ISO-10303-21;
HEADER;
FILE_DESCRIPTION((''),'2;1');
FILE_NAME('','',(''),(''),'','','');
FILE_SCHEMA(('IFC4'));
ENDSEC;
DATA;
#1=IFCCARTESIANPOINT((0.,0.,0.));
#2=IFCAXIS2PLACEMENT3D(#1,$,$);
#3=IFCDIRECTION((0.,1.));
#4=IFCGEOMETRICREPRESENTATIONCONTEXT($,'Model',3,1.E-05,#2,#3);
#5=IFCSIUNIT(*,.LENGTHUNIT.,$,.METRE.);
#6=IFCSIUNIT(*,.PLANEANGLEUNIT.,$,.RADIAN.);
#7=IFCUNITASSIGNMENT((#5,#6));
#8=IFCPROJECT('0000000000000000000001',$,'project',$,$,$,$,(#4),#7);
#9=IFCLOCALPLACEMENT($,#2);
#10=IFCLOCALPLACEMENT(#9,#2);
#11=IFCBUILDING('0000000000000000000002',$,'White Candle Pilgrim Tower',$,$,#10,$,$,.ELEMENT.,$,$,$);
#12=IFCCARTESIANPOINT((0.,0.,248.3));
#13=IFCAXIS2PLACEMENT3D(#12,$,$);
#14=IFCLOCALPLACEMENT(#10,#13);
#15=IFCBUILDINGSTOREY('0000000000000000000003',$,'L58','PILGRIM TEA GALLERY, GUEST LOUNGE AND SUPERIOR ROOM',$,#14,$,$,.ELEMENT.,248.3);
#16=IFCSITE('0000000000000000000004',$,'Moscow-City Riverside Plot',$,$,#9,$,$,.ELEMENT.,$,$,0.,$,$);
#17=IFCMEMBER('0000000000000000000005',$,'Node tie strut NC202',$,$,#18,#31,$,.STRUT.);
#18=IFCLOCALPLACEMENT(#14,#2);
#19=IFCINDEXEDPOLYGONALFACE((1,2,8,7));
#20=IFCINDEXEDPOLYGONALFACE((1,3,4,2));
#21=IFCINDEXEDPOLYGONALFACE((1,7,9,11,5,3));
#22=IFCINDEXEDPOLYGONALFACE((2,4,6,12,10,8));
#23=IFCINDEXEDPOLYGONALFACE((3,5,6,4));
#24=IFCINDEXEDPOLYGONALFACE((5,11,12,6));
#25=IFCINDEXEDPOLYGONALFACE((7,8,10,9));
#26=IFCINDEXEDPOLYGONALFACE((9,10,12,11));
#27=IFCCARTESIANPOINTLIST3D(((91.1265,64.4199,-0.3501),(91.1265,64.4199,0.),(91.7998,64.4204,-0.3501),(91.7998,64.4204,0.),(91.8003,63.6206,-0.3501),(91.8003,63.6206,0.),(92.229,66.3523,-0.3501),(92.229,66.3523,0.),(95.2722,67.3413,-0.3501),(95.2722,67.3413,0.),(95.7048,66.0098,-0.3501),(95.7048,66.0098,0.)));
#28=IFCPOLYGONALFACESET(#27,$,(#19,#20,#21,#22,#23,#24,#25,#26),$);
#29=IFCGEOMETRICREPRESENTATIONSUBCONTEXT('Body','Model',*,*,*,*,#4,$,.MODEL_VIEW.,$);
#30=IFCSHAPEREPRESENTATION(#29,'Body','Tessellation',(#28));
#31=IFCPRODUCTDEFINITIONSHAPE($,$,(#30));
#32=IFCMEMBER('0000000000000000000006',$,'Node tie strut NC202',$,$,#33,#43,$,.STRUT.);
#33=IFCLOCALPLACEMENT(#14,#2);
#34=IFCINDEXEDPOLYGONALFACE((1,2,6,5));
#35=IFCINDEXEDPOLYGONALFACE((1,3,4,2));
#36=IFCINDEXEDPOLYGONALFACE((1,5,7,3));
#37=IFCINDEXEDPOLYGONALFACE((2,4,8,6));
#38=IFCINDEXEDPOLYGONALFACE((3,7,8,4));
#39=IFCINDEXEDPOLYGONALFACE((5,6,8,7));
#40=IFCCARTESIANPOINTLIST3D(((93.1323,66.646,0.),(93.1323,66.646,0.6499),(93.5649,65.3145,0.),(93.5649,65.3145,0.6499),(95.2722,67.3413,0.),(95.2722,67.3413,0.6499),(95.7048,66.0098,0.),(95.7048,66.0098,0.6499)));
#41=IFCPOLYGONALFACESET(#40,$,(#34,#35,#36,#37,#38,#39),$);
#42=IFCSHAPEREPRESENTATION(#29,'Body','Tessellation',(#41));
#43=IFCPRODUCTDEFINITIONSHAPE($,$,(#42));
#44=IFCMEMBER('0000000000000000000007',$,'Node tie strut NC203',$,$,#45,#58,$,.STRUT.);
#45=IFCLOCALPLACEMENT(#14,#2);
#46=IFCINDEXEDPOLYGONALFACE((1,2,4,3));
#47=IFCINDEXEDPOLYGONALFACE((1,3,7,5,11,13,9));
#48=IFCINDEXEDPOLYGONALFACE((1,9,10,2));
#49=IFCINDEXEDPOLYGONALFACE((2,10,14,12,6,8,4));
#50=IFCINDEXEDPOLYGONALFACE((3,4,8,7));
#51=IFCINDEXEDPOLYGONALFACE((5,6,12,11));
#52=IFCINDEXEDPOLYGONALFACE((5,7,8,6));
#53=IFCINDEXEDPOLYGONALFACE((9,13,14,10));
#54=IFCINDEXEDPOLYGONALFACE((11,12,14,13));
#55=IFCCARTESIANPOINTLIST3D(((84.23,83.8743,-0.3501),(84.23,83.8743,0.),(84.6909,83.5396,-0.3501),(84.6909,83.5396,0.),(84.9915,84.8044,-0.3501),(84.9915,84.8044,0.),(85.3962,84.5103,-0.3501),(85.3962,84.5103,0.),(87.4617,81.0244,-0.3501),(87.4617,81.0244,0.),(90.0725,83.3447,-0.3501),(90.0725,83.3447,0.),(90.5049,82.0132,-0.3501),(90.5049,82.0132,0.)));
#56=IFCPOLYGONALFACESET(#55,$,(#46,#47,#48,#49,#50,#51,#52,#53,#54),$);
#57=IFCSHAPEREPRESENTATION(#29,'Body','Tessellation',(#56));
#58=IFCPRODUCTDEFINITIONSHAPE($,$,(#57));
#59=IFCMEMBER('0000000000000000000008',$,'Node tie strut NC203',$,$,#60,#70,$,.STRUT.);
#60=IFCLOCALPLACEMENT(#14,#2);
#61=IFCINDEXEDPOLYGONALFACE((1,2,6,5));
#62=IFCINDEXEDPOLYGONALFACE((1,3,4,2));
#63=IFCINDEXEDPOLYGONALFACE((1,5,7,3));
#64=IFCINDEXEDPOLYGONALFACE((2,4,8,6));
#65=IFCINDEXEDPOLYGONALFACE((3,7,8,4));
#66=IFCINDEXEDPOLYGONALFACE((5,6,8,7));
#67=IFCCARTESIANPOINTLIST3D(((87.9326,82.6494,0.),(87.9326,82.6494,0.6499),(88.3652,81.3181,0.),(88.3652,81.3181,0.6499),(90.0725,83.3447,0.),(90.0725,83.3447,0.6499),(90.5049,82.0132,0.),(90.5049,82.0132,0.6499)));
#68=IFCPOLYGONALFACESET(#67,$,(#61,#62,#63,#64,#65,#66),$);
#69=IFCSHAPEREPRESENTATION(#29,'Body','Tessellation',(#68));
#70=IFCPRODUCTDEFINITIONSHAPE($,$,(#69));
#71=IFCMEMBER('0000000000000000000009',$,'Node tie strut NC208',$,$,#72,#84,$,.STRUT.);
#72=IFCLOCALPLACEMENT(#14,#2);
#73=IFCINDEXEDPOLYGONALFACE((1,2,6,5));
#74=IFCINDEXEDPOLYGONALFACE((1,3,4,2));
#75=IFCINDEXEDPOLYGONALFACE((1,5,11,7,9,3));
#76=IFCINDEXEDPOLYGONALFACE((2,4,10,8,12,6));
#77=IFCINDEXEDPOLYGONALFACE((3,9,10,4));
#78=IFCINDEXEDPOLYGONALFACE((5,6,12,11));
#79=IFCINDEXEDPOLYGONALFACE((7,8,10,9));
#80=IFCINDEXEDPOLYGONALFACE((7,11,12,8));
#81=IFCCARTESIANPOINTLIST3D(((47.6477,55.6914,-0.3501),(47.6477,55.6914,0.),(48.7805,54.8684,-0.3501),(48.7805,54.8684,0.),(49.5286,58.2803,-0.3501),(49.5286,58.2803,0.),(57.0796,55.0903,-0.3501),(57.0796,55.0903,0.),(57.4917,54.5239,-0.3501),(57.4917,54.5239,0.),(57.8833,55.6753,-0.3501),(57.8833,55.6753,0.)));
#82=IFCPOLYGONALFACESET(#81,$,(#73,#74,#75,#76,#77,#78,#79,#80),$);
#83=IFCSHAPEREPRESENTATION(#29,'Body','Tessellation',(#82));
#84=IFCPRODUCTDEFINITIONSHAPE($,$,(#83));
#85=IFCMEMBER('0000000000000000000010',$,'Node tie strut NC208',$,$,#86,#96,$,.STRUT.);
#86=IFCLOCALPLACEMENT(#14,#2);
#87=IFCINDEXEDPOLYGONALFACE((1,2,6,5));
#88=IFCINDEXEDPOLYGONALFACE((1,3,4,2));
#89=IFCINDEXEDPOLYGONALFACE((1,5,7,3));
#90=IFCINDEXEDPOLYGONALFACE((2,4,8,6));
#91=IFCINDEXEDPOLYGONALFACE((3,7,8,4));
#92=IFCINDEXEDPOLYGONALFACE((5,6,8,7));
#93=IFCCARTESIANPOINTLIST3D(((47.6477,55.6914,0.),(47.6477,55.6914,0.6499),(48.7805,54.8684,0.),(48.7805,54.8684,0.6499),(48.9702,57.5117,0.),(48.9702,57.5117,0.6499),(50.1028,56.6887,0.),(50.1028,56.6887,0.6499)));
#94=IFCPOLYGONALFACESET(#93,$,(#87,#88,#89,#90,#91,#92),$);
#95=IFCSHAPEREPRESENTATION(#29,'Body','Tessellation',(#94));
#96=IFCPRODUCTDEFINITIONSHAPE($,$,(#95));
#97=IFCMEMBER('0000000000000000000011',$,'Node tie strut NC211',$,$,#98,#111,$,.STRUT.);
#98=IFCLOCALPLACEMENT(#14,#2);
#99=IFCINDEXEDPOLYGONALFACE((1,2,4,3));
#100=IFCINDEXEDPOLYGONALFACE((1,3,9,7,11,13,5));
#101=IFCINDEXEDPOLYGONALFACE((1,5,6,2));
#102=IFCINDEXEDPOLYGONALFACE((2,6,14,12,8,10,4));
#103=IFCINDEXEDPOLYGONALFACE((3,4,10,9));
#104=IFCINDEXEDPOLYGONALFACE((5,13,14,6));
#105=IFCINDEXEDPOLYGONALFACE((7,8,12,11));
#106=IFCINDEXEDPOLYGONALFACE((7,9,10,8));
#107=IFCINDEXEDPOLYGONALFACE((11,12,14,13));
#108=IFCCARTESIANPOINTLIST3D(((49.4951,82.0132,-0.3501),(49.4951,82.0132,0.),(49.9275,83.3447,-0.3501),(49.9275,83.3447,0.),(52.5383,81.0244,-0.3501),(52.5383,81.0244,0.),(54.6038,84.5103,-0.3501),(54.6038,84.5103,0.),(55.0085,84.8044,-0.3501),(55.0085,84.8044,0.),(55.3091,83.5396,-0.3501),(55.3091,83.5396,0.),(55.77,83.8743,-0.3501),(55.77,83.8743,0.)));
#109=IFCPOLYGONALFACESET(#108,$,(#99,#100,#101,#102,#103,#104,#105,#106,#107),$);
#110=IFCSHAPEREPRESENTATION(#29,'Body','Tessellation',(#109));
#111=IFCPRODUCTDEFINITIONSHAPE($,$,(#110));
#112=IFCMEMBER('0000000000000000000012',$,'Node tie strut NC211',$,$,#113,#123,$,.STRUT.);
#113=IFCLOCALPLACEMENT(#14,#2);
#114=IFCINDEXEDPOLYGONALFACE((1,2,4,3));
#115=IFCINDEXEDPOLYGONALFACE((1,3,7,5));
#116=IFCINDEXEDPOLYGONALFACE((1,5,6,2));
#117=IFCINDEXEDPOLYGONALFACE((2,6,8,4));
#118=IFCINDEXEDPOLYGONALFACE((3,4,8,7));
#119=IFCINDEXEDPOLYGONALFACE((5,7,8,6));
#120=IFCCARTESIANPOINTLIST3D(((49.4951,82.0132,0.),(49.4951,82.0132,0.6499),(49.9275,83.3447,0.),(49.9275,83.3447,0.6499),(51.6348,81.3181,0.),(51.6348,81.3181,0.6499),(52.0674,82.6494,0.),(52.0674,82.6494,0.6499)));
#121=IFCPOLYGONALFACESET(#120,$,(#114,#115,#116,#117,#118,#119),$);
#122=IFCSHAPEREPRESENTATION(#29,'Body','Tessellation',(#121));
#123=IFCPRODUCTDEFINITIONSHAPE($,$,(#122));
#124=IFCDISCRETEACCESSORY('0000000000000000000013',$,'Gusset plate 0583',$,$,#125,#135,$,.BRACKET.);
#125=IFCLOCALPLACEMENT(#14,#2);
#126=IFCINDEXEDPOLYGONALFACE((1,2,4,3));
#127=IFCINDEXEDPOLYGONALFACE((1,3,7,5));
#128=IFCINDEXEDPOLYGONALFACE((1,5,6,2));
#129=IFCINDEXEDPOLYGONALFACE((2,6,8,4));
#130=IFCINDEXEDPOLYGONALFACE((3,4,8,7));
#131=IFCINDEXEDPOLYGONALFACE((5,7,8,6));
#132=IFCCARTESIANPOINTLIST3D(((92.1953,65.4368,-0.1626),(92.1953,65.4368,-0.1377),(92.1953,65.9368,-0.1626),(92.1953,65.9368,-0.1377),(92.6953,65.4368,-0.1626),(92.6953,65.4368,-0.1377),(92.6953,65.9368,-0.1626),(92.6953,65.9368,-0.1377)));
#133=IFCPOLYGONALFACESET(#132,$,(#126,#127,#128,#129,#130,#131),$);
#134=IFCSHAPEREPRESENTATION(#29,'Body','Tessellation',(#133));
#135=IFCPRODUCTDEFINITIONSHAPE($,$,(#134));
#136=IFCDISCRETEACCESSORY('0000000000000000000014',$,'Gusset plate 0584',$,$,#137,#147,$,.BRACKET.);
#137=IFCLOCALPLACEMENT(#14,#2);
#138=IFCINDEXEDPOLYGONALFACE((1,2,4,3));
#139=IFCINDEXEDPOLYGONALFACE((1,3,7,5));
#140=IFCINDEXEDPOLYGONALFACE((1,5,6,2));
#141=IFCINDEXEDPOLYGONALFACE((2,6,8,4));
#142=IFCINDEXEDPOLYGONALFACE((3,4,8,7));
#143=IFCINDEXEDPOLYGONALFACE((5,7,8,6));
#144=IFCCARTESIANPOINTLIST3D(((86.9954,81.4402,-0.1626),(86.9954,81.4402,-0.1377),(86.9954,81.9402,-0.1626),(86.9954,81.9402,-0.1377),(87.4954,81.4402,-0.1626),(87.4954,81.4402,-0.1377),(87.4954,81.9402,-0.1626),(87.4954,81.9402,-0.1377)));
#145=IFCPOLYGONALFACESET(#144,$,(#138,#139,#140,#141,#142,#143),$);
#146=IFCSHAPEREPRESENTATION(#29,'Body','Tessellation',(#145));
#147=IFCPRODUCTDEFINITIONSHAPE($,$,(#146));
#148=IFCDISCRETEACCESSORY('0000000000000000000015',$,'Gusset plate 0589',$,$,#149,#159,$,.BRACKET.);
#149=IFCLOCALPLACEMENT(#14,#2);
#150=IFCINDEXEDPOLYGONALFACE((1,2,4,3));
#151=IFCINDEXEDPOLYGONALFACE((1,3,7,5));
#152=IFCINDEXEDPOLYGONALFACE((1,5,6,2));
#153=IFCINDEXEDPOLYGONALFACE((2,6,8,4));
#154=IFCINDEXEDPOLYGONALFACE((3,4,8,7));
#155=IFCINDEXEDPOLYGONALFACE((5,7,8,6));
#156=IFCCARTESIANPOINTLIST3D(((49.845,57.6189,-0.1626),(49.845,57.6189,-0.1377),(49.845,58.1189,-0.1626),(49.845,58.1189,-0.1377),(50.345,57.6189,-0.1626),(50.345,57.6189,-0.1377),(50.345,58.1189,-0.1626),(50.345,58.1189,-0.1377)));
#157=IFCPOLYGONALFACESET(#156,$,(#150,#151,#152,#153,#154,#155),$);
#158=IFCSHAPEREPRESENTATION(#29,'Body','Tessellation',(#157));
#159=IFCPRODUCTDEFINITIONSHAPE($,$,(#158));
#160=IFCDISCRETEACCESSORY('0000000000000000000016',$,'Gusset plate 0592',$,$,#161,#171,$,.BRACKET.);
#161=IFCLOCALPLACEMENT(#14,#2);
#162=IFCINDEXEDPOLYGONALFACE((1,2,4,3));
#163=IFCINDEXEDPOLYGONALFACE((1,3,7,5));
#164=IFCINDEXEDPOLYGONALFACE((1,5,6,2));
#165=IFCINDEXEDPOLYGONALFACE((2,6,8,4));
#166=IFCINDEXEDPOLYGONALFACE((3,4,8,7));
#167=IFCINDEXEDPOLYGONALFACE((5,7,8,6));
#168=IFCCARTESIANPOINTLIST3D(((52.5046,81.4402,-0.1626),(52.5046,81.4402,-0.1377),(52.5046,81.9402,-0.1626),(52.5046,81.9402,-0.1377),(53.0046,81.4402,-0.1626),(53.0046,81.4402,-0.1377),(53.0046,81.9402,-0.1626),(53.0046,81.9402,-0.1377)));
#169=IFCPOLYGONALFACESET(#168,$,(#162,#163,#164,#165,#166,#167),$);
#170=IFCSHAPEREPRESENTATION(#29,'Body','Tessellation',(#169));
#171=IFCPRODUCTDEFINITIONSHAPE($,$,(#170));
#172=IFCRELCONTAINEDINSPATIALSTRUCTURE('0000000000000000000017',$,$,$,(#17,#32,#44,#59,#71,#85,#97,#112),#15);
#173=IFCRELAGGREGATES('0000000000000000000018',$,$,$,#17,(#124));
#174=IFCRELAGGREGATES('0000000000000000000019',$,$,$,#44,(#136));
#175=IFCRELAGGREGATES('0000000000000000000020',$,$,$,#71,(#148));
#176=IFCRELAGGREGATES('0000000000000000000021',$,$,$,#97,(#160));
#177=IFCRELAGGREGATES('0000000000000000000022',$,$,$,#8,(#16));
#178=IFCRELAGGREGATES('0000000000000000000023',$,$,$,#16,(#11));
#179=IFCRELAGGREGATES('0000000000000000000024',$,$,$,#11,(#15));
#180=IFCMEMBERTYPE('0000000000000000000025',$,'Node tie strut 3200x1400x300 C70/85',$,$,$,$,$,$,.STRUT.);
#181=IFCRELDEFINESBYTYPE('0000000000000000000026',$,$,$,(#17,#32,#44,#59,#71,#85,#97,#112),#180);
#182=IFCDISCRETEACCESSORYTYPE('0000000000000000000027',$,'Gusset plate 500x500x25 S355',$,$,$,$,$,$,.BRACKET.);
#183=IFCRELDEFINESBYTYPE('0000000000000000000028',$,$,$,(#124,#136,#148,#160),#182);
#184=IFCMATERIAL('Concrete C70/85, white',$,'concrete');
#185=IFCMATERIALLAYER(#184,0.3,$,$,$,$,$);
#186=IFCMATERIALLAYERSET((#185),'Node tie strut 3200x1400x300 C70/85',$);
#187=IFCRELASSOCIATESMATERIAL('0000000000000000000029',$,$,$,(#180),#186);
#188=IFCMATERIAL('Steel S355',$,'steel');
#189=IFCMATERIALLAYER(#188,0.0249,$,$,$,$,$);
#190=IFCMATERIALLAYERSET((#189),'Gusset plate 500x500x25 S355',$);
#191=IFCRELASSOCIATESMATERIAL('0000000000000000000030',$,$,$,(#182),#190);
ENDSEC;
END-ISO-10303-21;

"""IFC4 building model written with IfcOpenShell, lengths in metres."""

from ifc_helpers import new_model, si_unit, direction, frame, origin, origin_2d, place, context, subcontext, project, spatial, polyline, rectangle, outline, extrude, material, layer, layer_set, type_object, element, aggregate, save


model = new_model("IFC4")

# Units and contexts
model_context = context("Model", 3, precision=1e-05, world=origin(), true_north=direction((0.0, 1.0)))
body_context = subcontext(model_context, "Body", "Model", "MODEL_VIEW")
ifc_project = project(units=[si_unit("LENGTHUNIT", "METRE"), si_unit("PLANEANGLEUNIT", "RADIAN")], contexts=[model_context])

# Site, building, storey
site_placement = place(None, origin())
site = spatial("IfcSite", under=ifc_project, at=site_placement, Name="Moscow-City Riverside Plot", CompositionType="ELEMENT", RefElevation=0.0)
building_placement = place(site_placement, origin())
building = spatial("IfcBuilding", under=site, at=building_placement, Name="White Candle Pilgrim Tower", CompositionType="ELEMENT")
storey_placement = place(building_placement, frame((0.0, 0.0, 248.3)))
storey = spatial("IfcBuildingStorey", under=building, at=storey_placement, Name="L58", Description="PILGRIM TEA GALLERY, GUEST LOUNGE AND SUPERIOR ROOM", CompositionType="ELEMENT", Elevation=248.3)

# Members
ifc_material_1 = material(Name="Concrete C70/85, white", Category="concrete")
ifc_layer_1 = layer(ifc_material_1, 0.3)
ifc_layer_set_1 = layer_set([ifc_layer_1], Name="Node tie strut 3200x1400x300 C70/85")
member_type_1 = type_object("IfcMemberType", Name="Node tie strut 3200x1400x300 C70/85", PredefinedType="STRUT", material=ifc_layer_set_1)
member_1_placement = place(storey_placement, frame((0.0, 0.0, -0.3501)))
member_1 = element("IfcMember", 1, at=member_1_placement, inside=storey, type_object=member_type_1, Name="Node tie strut NC202", PredefinedType="STRUT", context=body_context, shape_type="SweptSolid", body=[
    extrude(outline(polyline([(91.8003, 63.6206), (95.7048, 66.0098), (95.2722, 67.3413), (92.229, 66.3523), (91.1265, 64.4199), (91.7998, 64.4204), (91.8003, 63.6206)])), origin(), (0.0, 0.0, 1.0), 0.3501),
])
member_2_placement = place(storey_placement, origin())
element("IfcMember", 2, at=member_2_placement, inside=storey, type_object=member_type_1, Name="Node tie strut NC202", PredefinedType="STRUT", context=body_context, shape_type="SweptSolid", body=[
    extrude(outline(polyline([(93.5649, 65.3145), (95.7048, 66.0098), (95.2722, 67.3413), (93.1323, 66.646), (93.5649, 65.3145)])), origin(), (0.0, 0.0, 1.0), 0.6499),
])
member_3_placement = place(storey_placement, frame((0.0, 0.0, -0.3501)))
member_3 = element("IfcMember", 3, at=member_3_placement, inside=storey, type_object=member_type_1, Name="Node tie strut NC203", PredefinedType="STRUT", context=body_context, shape_type="SweptSolid", body=[
    extrude(outline(polyline([(87.4617, 81.0244), (90.5049, 82.0132), (90.0725, 83.3447), (84.9915, 84.8044), (85.3962, 84.5103), (84.6909, 83.5396), (84.23, 83.8743), (87.4617, 81.0244)])), origin(), (0.0, 0.0, 1.0), 0.3501),
])
member_4_placement = place(storey_placement, origin())
element("IfcMember", 4, at=member_4_placement, inside=storey, type_object=member_type_1, Name="Node tie strut NC203", PredefinedType="STRUT", context=body_context, shape_type="SweptSolid", body=[
    extrude(outline(polyline([(88.3652, 81.3181), (90.5049, 82.0132), (90.0725, 83.3447), (87.9326, 82.6494), (88.3652, 81.3181)])), origin(), (0.0, 0.0, 1.0), 0.6499),
])
member_5_placement = place(storey_placement, frame((0.0, 0.0, -0.3501)))
member_5 = element("IfcMember", 5, at=member_5_placement, inside=storey, type_object=member_type_1, Name="Node tie strut NC208", PredefinedType="STRUT", context=body_context, shape_type="SweptSolid", body=[
    extrude(outline(polyline([(57.4917, 54.5239), (57.0796, 55.0903), (57.8833, 55.6753), (49.5286, 58.2803), (47.6477, 55.6914), (48.7805, 54.8684), (57.4917, 54.5239)])), origin(), (0.0, 0.0, 1.0), 0.3501),
])
member_6_placement = place(storey_placement, origin())
element("IfcMember", 6, at=member_6_placement, inside=storey, type_object=member_type_1, Name="Node tie strut NC208", PredefinedType="STRUT", context=body_context, shape_type="SweptSolid", body=[
    extrude(outline(polyline([(48.7805, 54.8684), (50.1028, 56.6887), (48.9702, 57.5117), (47.6477, 55.6914), (48.7805, 54.8684)])), origin(), (0.0, 0.0, 1.0), 0.6499),
])
member_7_placement = place(storey_placement, frame((0.0, 0.0, -0.3501)))
member_7 = element("IfcMember", 7, at=member_7_placement, inside=storey, type_object=member_type_1, Name="Node tie strut NC211", PredefinedType="STRUT", context=body_context, shape_type="SweptSolid", body=[
    extrude(outline(polyline([(52.5383, 81.0244), (55.77, 83.8743), (55.3091, 83.5396), (54.6038, 84.5103), (55.0085, 84.8044), (49.9275, 83.3447), (49.4951, 82.0132), (52.5383, 81.0244)])), origin(), (0.0, 0.0, 1.0), 0.3501),
])
member_8_placement = place(storey_placement, origin())
element("IfcMember", 8, at=member_8_placement, inside=storey, type_object=member_type_1, Name="Node tie strut NC211", PredefinedType="STRUT", context=body_context, shape_type="SweptSolid", body=[
    extrude(outline(polyline([(51.6348, 81.3181), (52.0674, 82.6494), (49.9275, 83.3447), (49.4951, 82.0132), (51.6348, 81.3181)])), origin(), (0.0, 0.0, 1.0), 0.6499),
])

# Discrete accessories
ifc_material_2 = material(Name="Steel S355", Category="steel")
ifc_layer_2 = layer(ifc_material_2, 0.0249)
ifc_layer_set_2 = layer_set([ifc_layer_2], Name="Gusset plate 500x500x25 S355")
discrete_accessory_type = type_object("IfcDiscreteAccessoryType", Name="Gusset plate 500x500x25 S355", PredefinedType="BRACKET", material=ifc_layer_set_2)
discrete_accessory_1_placement = place(storey_placement, frame((92.4453, 65.6868, -0.1626), z_axis=(0.0, 0.0, 1.0), x_axis=(1.0, 0.0, 0.0)))
discrete_accessory_1 = element("IfcDiscreteAccessory", 9, at=discrete_accessory_1_placement, type_object=discrete_accessory_type, Name="Gusset plate 0583", PredefinedType="BRACKET", context=body_context, shape_type="SweptSolid", body=[
    extrude(rectangle(XDim=0.5, YDim=0.5, at=origin_2d()), origin(), (0.0, 0.0, 1.0), 0.0249),
])
aggregate(member_1, [discrete_accessory_1])
discrete_accessory_2_placement = place(storey_placement, frame((87.2454, 81.6902, -0.1626), z_axis=(0.0, 0.0, 1.0), x_axis=(1.0, 0.0, 0.0)))
discrete_accessory_2 = element("IfcDiscreteAccessory", 10, at=discrete_accessory_2_placement, type_object=discrete_accessory_type, Name="Gusset plate 0584", PredefinedType="BRACKET", context=body_context, shape_type="SweptSolid", body=[
    extrude(rectangle(XDim=0.5, YDim=0.5, at=origin_2d()), origin(), (0.0, 0.0, 1.0), 0.0249),
])
aggregate(member_3, [discrete_accessory_2])
discrete_accessory_3_placement = place(storey_placement, frame((50.095, 57.8689, -0.1626), z_axis=(0.0, 0.0, 1.0), x_axis=(1.0, 0.0, 0.0)))
discrete_accessory_3 = element("IfcDiscreteAccessory", 11, at=discrete_accessory_3_placement, type_object=discrete_accessory_type, Name="Gusset plate 0589", PredefinedType="BRACKET", context=body_context, shape_type="SweptSolid", body=[
    extrude(rectangle(XDim=0.5, YDim=0.5, at=origin_2d()), origin(), (0.0, 0.0, 1.0), 0.0249),
])
aggregate(member_5, [discrete_accessory_3])
discrete_accessory_4_placement = place(storey_placement, frame((52.7546, 81.6902, -0.1626), z_axis=(0.0, 0.0, 1.0), x_axis=(1.0, 0.0, 0.0)))
discrete_accessory_4 = element("IfcDiscreteAccessory", 12, at=discrete_accessory_4_placement, type_object=discrete_accessory_type, Name="Gusset plate 0592", PredefinedType="BRACKET", context=body_context, shape_type="SweptSolid", body=[
    extrude(rectangle(XDim=0.5, YDim=0.5, at=origin_2d()), origin(), (0.0, 0.0, 1.0), 0.0249),
])
aggregate(member_7, [discrete_accessory_4])

save(model, "model.ifc")
